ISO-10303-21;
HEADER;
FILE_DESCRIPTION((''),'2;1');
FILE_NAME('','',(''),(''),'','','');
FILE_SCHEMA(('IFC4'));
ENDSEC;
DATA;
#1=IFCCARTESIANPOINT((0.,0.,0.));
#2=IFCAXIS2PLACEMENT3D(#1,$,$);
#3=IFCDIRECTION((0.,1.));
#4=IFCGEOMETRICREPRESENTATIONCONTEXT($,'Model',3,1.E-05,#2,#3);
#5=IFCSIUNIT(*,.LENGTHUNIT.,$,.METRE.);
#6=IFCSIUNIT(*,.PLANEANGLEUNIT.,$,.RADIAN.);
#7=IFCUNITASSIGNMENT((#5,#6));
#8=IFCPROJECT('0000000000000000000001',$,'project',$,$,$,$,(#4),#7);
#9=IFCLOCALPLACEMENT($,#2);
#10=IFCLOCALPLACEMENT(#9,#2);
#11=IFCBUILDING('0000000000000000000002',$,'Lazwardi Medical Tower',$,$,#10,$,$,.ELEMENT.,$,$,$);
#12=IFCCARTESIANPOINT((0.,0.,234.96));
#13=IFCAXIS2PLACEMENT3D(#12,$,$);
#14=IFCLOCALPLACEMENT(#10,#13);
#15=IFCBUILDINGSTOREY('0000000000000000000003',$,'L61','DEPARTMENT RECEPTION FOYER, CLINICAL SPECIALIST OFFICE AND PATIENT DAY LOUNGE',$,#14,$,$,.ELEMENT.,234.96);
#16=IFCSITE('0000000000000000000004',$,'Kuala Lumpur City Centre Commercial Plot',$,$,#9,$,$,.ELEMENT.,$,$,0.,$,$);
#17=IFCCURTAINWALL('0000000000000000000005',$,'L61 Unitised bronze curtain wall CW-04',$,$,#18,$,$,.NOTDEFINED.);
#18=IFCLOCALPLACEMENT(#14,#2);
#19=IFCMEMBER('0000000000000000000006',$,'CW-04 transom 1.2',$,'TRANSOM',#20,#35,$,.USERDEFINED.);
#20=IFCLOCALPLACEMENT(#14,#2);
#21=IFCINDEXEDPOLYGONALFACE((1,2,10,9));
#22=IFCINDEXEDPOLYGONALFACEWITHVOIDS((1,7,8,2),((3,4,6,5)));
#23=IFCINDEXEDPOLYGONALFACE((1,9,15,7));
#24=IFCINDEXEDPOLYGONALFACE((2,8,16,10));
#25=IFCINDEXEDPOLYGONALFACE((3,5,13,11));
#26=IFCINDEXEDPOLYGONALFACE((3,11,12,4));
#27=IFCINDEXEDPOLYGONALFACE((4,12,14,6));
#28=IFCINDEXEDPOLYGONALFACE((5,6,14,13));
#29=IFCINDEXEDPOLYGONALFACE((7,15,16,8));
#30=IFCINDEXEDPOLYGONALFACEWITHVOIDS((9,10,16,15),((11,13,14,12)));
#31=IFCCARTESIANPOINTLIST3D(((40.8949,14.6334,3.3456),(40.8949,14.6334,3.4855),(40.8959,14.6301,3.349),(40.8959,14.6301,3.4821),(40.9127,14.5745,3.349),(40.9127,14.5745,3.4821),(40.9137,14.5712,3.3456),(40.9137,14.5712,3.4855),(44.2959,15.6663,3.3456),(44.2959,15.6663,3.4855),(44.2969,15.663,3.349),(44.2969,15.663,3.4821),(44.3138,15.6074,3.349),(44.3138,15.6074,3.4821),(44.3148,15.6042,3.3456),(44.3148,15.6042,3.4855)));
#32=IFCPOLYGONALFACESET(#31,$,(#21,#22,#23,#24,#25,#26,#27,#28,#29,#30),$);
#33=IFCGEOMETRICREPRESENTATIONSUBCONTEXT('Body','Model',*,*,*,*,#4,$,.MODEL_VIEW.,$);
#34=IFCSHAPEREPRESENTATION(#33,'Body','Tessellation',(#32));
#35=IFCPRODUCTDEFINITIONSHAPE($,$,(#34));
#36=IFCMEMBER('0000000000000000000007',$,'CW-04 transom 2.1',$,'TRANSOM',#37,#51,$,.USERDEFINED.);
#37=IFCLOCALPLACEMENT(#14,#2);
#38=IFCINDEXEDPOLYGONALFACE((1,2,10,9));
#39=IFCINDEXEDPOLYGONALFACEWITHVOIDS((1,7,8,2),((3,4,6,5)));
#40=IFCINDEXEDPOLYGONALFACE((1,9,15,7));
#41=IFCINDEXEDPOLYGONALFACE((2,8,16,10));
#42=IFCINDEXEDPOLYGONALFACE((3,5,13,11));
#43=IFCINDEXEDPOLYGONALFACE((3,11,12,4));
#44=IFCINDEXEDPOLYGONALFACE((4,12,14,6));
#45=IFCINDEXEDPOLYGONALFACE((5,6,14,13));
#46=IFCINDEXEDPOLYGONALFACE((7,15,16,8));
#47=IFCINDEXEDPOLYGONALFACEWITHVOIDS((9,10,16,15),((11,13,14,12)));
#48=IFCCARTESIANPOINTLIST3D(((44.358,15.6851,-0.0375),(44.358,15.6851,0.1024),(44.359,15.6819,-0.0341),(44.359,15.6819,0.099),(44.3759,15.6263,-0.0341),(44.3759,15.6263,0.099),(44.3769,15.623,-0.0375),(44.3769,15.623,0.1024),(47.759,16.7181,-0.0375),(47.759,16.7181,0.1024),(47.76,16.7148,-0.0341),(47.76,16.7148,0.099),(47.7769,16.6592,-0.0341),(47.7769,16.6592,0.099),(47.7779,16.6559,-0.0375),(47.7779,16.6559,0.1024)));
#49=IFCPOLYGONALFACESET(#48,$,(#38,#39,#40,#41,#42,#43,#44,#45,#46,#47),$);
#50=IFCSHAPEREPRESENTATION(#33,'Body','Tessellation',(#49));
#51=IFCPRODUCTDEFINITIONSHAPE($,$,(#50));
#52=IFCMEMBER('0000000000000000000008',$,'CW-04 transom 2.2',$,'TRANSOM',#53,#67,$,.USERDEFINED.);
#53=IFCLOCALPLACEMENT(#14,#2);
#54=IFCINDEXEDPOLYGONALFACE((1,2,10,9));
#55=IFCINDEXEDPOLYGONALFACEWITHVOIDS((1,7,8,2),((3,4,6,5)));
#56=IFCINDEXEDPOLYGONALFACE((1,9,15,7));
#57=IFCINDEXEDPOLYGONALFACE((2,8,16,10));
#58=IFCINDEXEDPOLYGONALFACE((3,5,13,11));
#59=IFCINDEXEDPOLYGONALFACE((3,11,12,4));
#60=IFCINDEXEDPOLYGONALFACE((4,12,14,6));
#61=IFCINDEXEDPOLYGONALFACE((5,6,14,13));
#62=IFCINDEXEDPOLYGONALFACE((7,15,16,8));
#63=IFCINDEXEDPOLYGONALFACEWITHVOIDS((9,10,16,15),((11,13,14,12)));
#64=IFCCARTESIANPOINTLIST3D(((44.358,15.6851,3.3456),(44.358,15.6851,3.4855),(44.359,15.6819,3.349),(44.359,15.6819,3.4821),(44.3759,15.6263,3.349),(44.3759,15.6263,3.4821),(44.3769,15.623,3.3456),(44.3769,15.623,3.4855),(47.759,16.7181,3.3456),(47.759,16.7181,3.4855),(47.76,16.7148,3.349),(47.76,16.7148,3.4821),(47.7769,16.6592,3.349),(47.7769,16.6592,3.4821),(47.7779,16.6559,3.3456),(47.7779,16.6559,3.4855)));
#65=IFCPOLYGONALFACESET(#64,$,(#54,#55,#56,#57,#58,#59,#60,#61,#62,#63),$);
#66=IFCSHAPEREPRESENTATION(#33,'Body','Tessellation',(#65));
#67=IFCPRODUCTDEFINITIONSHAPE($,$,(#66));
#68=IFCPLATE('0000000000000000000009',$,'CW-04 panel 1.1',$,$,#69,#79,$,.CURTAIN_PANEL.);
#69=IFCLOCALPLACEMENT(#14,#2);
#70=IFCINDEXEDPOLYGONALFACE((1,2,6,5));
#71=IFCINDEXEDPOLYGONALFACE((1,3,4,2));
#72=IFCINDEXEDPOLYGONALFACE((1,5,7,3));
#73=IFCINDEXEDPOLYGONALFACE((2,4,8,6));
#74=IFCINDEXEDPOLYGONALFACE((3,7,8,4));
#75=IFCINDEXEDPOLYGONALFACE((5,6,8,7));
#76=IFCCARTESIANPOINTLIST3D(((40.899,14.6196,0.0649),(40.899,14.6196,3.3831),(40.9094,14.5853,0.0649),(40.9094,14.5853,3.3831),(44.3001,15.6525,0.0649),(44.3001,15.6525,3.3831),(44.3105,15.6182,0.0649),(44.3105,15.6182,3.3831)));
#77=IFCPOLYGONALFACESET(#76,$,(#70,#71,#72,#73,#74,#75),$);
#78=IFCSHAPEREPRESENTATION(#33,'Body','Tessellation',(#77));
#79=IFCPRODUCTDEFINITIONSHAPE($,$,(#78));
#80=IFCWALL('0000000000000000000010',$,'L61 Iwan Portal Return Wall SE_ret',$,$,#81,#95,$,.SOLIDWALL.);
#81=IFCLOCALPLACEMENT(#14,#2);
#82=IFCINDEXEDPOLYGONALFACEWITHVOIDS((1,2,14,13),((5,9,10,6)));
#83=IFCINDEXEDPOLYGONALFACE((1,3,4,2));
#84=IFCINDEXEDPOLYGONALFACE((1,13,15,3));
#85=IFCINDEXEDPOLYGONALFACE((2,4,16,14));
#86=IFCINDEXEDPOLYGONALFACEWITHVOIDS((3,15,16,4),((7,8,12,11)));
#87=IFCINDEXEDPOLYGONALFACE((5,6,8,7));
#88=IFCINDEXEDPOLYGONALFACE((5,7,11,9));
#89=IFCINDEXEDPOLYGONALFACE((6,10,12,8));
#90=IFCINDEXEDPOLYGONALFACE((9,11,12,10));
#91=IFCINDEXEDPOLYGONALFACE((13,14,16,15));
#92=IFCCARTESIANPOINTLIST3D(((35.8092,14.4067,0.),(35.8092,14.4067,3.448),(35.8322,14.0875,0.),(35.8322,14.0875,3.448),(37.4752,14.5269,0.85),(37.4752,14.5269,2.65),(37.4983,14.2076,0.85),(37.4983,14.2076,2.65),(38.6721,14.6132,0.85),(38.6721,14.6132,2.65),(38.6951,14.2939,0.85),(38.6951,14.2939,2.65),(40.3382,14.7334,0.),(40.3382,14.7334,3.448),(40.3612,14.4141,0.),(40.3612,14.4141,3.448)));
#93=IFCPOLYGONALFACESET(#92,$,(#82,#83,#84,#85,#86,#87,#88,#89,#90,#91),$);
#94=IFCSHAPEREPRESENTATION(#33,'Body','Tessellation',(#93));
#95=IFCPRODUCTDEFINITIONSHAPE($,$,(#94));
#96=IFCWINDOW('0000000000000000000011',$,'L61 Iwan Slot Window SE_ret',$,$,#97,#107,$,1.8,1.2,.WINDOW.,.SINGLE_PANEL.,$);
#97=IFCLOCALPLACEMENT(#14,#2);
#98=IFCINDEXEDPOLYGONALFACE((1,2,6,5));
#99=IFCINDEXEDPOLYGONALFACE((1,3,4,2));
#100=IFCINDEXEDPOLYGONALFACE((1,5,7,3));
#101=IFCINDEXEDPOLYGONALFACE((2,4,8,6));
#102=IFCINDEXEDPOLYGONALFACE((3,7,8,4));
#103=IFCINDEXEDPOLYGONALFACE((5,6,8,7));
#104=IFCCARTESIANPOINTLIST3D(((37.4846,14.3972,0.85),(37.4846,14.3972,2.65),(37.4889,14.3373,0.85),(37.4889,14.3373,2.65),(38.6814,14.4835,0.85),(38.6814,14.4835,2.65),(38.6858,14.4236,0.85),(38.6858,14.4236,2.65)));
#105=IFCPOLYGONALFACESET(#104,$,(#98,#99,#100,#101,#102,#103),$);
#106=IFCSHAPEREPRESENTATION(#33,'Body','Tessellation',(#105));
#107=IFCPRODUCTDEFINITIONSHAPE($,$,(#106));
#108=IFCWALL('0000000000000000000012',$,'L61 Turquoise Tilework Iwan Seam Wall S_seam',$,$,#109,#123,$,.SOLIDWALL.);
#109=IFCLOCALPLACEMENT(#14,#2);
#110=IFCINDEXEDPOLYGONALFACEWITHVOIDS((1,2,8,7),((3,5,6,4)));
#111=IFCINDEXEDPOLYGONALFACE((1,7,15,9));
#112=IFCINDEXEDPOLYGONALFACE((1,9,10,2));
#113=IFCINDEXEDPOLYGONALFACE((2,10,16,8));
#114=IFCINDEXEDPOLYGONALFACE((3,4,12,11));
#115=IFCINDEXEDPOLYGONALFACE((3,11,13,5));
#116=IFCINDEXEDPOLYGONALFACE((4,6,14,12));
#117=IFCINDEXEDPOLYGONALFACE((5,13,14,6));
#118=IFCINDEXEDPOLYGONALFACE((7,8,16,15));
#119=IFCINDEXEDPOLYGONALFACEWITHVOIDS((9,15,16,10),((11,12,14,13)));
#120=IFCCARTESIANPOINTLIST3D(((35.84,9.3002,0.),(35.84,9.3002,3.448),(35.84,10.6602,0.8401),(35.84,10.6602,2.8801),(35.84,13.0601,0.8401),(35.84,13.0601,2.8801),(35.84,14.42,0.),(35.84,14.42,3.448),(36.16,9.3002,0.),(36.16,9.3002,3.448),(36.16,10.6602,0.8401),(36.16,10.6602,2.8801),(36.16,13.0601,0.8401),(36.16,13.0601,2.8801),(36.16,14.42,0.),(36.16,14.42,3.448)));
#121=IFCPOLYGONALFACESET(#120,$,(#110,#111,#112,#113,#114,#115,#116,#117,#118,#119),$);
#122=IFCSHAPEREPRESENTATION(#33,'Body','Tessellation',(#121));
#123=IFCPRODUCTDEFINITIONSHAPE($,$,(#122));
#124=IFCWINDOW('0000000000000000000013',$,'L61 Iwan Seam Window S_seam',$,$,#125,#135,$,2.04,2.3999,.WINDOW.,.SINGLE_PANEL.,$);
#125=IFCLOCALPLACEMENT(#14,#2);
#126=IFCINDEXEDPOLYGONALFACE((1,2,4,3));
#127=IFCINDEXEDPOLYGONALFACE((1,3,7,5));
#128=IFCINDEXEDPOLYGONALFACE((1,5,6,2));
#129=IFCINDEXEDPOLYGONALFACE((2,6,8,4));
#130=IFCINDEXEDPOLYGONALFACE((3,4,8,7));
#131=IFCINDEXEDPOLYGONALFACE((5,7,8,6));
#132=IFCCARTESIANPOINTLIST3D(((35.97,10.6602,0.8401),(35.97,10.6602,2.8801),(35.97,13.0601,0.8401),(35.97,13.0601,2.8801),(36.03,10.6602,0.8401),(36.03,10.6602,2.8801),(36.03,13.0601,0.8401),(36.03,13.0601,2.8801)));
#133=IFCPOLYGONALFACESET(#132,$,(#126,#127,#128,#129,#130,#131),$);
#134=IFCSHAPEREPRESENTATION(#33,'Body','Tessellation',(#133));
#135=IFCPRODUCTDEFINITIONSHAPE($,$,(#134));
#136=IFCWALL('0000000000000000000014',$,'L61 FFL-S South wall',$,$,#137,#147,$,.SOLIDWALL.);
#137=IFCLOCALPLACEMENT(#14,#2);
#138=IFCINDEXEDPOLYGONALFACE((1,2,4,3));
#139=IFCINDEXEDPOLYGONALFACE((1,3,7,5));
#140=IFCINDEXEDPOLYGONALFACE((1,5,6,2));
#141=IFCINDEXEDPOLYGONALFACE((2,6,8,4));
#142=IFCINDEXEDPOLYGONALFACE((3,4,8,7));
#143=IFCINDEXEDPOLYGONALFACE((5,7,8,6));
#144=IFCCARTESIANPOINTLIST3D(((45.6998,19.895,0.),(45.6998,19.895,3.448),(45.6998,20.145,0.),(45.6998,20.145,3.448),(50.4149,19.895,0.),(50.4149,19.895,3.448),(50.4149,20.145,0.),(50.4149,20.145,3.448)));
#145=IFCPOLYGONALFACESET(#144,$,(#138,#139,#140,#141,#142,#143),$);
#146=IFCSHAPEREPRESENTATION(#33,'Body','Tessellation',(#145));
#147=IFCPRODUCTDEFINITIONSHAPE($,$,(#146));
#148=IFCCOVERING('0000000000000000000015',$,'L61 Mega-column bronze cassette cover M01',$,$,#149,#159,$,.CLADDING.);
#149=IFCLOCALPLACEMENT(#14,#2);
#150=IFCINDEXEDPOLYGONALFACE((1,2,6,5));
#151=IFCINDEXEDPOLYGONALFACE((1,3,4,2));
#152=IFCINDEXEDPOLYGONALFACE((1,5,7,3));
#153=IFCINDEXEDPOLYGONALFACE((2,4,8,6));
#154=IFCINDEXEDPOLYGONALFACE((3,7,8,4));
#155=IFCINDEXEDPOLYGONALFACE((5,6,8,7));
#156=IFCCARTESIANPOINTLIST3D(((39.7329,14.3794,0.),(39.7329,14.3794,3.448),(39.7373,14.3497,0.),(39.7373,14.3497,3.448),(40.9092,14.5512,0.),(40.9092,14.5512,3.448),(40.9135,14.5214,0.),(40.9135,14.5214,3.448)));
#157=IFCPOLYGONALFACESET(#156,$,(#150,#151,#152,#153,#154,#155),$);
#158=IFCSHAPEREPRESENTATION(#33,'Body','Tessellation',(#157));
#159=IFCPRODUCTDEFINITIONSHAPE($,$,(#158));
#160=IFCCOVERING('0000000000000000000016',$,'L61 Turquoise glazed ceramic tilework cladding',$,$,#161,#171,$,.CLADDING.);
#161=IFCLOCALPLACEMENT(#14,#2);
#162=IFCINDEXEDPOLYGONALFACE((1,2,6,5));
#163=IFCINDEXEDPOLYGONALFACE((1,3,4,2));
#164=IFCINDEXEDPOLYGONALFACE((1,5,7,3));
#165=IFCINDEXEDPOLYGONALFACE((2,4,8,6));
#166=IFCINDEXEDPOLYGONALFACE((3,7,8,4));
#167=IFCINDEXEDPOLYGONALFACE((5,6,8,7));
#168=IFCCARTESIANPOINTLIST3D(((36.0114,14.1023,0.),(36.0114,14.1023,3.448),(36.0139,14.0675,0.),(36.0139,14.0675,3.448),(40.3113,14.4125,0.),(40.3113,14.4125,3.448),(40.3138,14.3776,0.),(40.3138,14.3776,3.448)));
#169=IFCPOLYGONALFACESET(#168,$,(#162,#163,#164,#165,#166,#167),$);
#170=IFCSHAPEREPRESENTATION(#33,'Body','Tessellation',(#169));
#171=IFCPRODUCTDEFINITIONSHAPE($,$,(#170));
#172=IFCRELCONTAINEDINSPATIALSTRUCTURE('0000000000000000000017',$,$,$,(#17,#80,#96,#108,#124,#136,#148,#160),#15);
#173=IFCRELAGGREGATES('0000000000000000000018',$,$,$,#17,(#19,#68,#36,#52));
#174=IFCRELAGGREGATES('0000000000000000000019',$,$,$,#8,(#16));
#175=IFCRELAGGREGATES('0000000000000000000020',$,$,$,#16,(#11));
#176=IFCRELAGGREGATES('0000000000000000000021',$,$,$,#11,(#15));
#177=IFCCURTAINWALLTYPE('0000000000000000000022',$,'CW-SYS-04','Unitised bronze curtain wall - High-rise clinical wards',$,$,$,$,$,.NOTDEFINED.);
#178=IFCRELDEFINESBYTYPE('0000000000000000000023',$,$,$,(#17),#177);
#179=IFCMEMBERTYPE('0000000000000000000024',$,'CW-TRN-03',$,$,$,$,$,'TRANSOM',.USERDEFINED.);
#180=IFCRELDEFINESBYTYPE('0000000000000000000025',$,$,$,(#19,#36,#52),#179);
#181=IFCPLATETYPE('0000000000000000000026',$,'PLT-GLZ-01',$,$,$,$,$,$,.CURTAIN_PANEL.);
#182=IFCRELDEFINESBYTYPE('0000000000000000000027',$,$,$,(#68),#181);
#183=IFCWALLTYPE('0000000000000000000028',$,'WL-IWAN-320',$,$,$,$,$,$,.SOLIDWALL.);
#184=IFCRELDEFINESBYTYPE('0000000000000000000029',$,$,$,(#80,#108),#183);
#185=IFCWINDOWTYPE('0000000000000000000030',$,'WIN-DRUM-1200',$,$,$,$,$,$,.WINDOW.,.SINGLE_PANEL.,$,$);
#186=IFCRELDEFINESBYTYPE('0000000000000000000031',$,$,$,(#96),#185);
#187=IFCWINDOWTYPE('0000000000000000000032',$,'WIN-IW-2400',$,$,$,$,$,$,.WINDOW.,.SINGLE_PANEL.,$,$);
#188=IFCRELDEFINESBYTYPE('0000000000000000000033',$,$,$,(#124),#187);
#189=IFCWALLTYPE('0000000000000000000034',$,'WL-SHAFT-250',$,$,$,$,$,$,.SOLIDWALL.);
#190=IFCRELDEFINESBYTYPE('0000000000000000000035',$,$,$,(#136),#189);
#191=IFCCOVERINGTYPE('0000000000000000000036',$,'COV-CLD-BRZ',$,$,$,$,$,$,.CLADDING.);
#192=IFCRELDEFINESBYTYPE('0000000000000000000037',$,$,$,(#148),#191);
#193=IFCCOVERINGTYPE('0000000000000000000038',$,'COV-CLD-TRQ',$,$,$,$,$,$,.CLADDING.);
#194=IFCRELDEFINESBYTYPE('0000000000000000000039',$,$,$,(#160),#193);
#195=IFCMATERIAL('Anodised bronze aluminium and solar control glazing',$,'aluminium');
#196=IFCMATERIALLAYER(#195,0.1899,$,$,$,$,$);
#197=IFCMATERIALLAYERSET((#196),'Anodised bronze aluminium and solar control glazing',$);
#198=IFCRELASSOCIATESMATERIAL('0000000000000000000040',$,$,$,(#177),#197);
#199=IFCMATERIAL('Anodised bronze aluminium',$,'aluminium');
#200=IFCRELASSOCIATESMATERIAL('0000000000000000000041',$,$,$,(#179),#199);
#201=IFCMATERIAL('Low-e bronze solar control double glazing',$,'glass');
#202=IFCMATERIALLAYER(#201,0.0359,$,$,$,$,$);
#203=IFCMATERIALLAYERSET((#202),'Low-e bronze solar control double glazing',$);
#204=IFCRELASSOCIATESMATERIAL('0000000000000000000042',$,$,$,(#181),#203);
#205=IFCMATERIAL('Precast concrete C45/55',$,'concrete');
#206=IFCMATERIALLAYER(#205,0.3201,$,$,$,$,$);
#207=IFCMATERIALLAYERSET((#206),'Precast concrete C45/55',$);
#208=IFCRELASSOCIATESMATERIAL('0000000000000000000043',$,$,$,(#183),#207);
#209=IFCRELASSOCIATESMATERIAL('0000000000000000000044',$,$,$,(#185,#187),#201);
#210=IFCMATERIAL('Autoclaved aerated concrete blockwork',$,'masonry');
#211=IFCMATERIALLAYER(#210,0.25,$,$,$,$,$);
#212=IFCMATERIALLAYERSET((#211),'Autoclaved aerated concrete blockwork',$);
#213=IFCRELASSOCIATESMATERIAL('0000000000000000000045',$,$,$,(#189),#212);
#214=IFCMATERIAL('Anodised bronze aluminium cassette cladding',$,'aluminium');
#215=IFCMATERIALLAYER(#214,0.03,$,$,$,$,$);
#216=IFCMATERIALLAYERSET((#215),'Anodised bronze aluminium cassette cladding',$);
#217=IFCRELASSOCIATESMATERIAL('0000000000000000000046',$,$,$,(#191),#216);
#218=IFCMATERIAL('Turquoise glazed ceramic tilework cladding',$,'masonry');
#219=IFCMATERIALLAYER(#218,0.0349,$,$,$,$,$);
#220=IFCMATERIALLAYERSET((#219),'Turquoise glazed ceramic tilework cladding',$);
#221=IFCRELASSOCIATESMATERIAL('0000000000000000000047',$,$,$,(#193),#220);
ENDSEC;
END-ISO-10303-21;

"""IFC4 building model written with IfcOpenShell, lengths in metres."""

from ifc_helpers import new_model, si_unit, direction, frame, frame_2d, origin, origin_2d, place, context, subcontext, project, spatial, rectangle, hollow_rectangle, extrude, material, layer, layer_set, material_profile, profile_set, type_object, element, fill, aggregate, save


model = new_model("IFC4")

# Units and contexts
model_context = context("Model", 3, precision=1e-05, world=origin(), true_north=direction((0.0, 1.0)))
body_context = subcontext(model_context, "Body", "Model", "MODEL_VIEW")
ifc_project = project(units=[si_unit("LENGTHUNIT", "METRE"), si_unit("PLANEANGLEUNIT", "RADIAN")], contexts=[model_context])

# Site, building, storey
site_placement = place(None, origin())
site = spatial("IfcSite", under=ifc_project, at=site_placement, Name="Kuala Lumpur City Centre Commercial Plot", CompositionType="ELEMENT", RefElevation=0.0)
building_placement = place(site_placement, origin())
building = spatial("IfcBuilding", under=site, at=building_placement, Name="Lazwardi Medical Tower", CompositionType="ELEMENT")
storey_placement = place(building_placement, frame((0.0, 0.0, 234.96)))
storey = spatial("IfcBuildingStorey", under=building, at=storey_placement, Name="L61", Description="DEPARTMENT RECEPTION FOYER, CLINICAL SPECIALIST OFFICE AND PATIENT DAY LOUNGE", CompositionType="ELEMENT", Elevation=234.96)

# Curtain wall, members, plate
ifc_material_1 = material(Name="Anodised bronze aluminium and solar control glazing", Category="aluminium")
ifc_layer_1 = layer(ifc_material_1, 0.1899)
ifc_layer_set_1 = layer_set([ifc_layer_1], Name="Anodised bronze aluminium and solar control glazing")
curtain_wall_type = type_object("IfcCurtainWallType", Name="CW-SYS-04", Description="Unitised bronze curtain wall - High-rise clinical wards", PredefinedType="NOTDEFINED", material=ifc_layer_set_1)
curtain_wall_placement = place(storey_placement, origin())
curtain_wall = element("IfcCurtainWall", 1, at=curtain_wall_placement, inside=storey, type_object=curtain_wall_type, Name="L61 Unitised bronze curtain wall CW-04", PredefinedType="NOTDEFINED")
ifc_material_2 = material(Name="Anodised bronze aluminium", Category="aluminium")
ifc_material_profile_1 = material_profile(ifc_material_2, hollow_rectangle(XDim=0.0649, YDim=0.1399, WallThickness=0.0034, at=origin_2d()), Name="ALU-TRANSOM 140x65x3.5")
ifc_profile_set_1 = profile_set([ifc_material_profile_1], Name="Anodised bronze aluminium")
member_type_1 = type_object("IfcMemberType", Name="CW-TRN-03", ElementType="TRANSOM", PredefinedType="USERDEFINED", material=ifc_profile_set_1)
member_1_placement = place(storey_placement, frame((40.9043, 14.6023, 3.4155), z_axis=(0.956843, 0.290604, 0.0), x_axis=(-0.290604, 0.956843, 0.0)))
member_1 = element("IfcMember", 2, at=member_1_placement, type_object=member_type_1, Name="CW-04 transom 1.2", ObjectType="TRANSOM", PredefinedType="USERDEFINED", context=body_context, shape_type="SweptSolid", body=[
    extrude(hollow_rectangle(XDim=0.0649, YDim=0.1399, WallThickness=0.0034, at=origin_2d()), origin(), (0.0, 0.0, 1.0), 3.5544),
])
member_2_placement = place(storey_placement, frame((44.3674, 15.6541, 0.0325), z_axis=(0.956843, 0.290604, 0.0), x_axis=(-0.290604, 0.956843, 0.0)))
member_2 = element("IfcMember", 3, at=member_2_placement, type_object=member_type_1, Name="CW-04 transom 2.1", ObjectType="TRANSOM", PredefinedType="USERDEFINED", context=body_context, shape_type="SweptSolid", body=[
    extrude(hollow_rectangle(XDim=0.0649, YDim=0.1399, WallThickness=0.0034, at=origin_2d()), origin(), (0.0, 0.0, 1.0), 3.5544),
])
member_3_placement = place(storey_placement, frame((44.3674, 15.6541, 3.4155), z_axis=(0.956843, 0.290604, 0.0), x_axis=(-0.290604, 0.956843, 0.0)))
member_3 = element("IfcMember", 4, at=member_3_placement, type_object=member_type_1, Name="CW-04 transom 2.2", ObjectType="TRANSOM", PredefinedType="USERDEFINED", context=body_context, shape_type="SweptSolid", body=[
    extrude(hollow_rectangle(XDim=0.0649, YDim=0.1399, WallThickness=0.0034, at=origin_2d()), origin(), (0.0, 0.0, 1.0), 3.5544),
])
ifc_material_3 = material(Name="Low-e bronze solar control double glazing", Category="glass")
ifc_layer_2 = layer(ifc_material_3, 0.0359)
ifc_layer_set_2 = layer_set([ifc_layer_2], Name="Low-e bronze solar control double glazing")
plate_type = type_object("IfcPlateType", Name="PLT-GLZ-01", PredefinedType="CURTAIN_PANEL", material=ifc_layer_set_2)
plate_placement = place(storey_placement, frame((42.6047, 15.1189, 0.0649), z_axis=(0.0, 0.0, 1.0), x_axis=(0.95685, 0.290582, 0.0)))
plate = element("IfcPlate", 5, at=plate_placement, type_object=plate_type, Name="CW-04 panel 1.1", PredefinedType="CURTAIN_PANEL", context=body_context, shape_type="SweptSolid", body=[
    extrude(rectangle(XDim=3.5544, YDim=0.0359, at=origin_2d()), origin(), (0.0, 0.0, 1.0), 3.3181),
])
aggregate(curtain_wall, [member_1, plate, member_2, member_3])

# Walls, openings, windows
ifc_material_4 = material(Name="Precast concrete C45/55", Category="concrete")
ifc_layer_3 = layer(ifc_material_4, 0.3201)
ifc_layer_set_3 = layer_set([ifc_layer_3], Name="Precast concrete C45/55")
wall_type_1 = type_object("IfcWallType", Name="WL-IWAN-320", PredefinedType="SOLIDWALL", material=ifc_layer_set_3)
wall_1_placement = place(storey_placement, frame((35.8206, 14.2471, 0.0), z_axis=(0.0, 0.0, 1.0), x_axis=(0.997409, 0.071939, 0.0)))
wall_1 = element("IfcWall", 6, at=wall_1_placement, inside=storey, type_object=wall_type_1, Name="L61 Iwan Portal Return Wall SE_ret", PredefinedType="SOLIDWALL", context=body_context, shape_type="SweptSolid", body=[
    extrude(rectangle(XDim=4.5408, YDim=0.3201, at=frame_2d((2.2705, 0.0))), origin(), (0.0, 0.0, 1.0), 3.448),
])
opening_1_placement = place(wall_1_placement, frame((1.6704, 0.0, 0.8501)))
opening_1 = element("IfcOpeningElement", 7, at=opening_1_placement, cuts=wall_1, PredefinedType="OPENING", context=body_context, shape_type="SweptSolid", body=[
    extrude(rectangle(XDim=1.2, YDim=1.8, at=frame_2d((0.6001, 0.8999))), frame((0.0, 0.1699, 0.0), z_axis=(0.0, -1.0, 0.0), x_axis=(1.0, 0.0, 0.0)), (0.0, 0.0, 1.0), 0.3401),
])
window_type_1 = type_object("IfcWindowType", Name="WIN-DRUM-1200", PartitioningType="SINGLE_PANEL", PredefinedType="WINDOW", material=ifc_material_3)
window_1_placement = place(opening_1_placement, origin())
window_1 = element("IfcWindow", 8, at=window_1_placement, inside=storey, type_object=window_type_1, Name="L61 Iwan Slot Window SE_ret", OverallHeight=1.8, OverallWidth=1.2, PartitioningType="SINGLE_PANEL", PredefinedType="WINDOW", context=body_context, shape_type="SweptSolid", body=[
    extrude(rectangle(XDim=1.2, YDim=1.8, at=frame_2d((0.6001, 0.8999))), frame((0.0, 0.03, 0.0), z_axis=(0.0, -1.0, 0.0), x_axis=(1.0, 0.0, 0.0)), (0.0, 0.0, 1.0), 0.0601),
])
fill(opening_1, window_1)
wall_2_placement = place(storey_placement, frame((36.0, 9.3, 0.0), z_axis=(0.0, 0.0, 1.0), x_axis=(0.0, 1.0, 0.0)))
wall_2 = element("IfcWall", 9, at=wall_2_placement, inside=storey, type_object=wall_type_1, Name="L61 Turquoise Tilework Iwan Seam Wall S_seam", PredefinedType="SOLIDWALL", context=body_context, shape_type="SweptSolid", body=[
    extrude(rectangle(XDim=5.1199, YDim=0.3201, at=frame_2d((2.5601, 0.0))), origin(), (0.0, 0.0, 1.0), 3.448),
])
opening_2_placement = place(wall_2_placement, frame((1.3601, 0.0, 0.8401)))
opening_2 = element("IfcOpeningElement", 10, at=opening_2_placement, cuts=wall_2, PredefinedType="OPENING", context=body_context, shape_type="SweptSolid", body=[
    extrude(rectangle(XDim=2.3999, YDim=2.04, at=frame_2d((1.2, 1.02))), frame((0.0, 0.1699, 0.0), z_axis=(0.0, -1.0, 0.0), x_axis=(1.0, 0.0, 0.0)), (0.0, 0.0, 1.0), 0.3401),
])
window_type_2 = type_object("IfcWindowType", Name="WIN-IW-2400", PartitioningType="SINGLE_PANEL", PredefinedType="WINDOW", material=ifc_material_3)
window_2_placement = place(opening_2_placement, origin())
window_2 = element("IfcWindow", 11, at=window_2_placement, inside=storey, type_object=window_type_2, Name="L61 Iwan Seam Window S_seam", OverallHeight=2.04, OverallWidth=2.3999, PartitioningType="SINGLE_PANEL", PredefinedType="WINDOW", context=body_context, shape_type="SweptSolid", body=[
    extrude(rectangle(XDim=2.3999, YDim=2.04, at=frame_2d((1.2, 1.02))), frame((0.0, 0.03, 0.0), z_axis=(0.0, -1.0, 0.0), x_axis=(1.0, 0.0, 0.0)), (0.0, 0.0, 1.0), 0.0601),
])
fill(opening_2, window_2)

# Wall
ifc_material_5 = material(Name="Autoclaved aerated concrete blockwork", Category="masonry")
ifc_layer_4 = layer(ifc_material_5, 0.25)
ifc_layer_set_4 = layer_set([ifc_layer_4], Name="Autoclaved aerated concrete blockwork")
wall_type_2 = type_object("IfcWallType", Name="WL-SHAFT-250", PredefinedType="SOLIDWALL", material=ifc_layer_set_4)
wall_3_placement = place(storey_placement, frame((45.7, 20.02, 0.0), z_axis=(0.0, 0.0, 1.0), x_axis=(1.0, 0.0, 0.0)))
element("IfcWall", 12, at=wall_3_placement, inside=storey, type_object=wall_type_2, Name="L61 FFL-S South wall", PredefinedType="SOLIDWALL", context=body_context, shape_type="SweptSolid", body=[
    extrude(rectangle(XDim=4.7151, YDim=0.25, at=frame_2d((2.3574, 0.0))), origin(), (0.0, 0.0, 1.0), 3.448),
])

# Coverings
ifc_material_6 = material(Name="Anodised bronze aluminium cassette cladding", Category="aluminium")
ifc_layer_5 = layer(ifc_material_6, 0.03)
ifc_layer_set_5 = layer_set([ifc_layer_5], Name="Anodised bronze aluminium cassette cladding")
covering_type_1 = type_object("IfcCoveringType", Name="COV-CLD-BRZ", PredefinedType="CLADDING", material=ifc_layer_set_5)
covering_1_placement = place(storey_placement, frame((40.3232, 14.4504, 0.0), z_axis=(0.0, 0.0, 1.0), x_axis=(0.989512, 0.144448, 0.0)))
element("IfcCovering", 13, at=covering_1_placement, inside=storey, type_object=covering_type_1, Name="L61 Mega-column bronze cassette cover M01", PredefinedType="CLADDING", context=body_context, shape_type="SweptSolid", body=[
    extrude(rectangle(XDim=1.1887, YDim=0.03, at=origin_2d()), origin(), (0.0, 0.0, 1.0), 3.448),
])
ifc_material_7 = material(Name="Turquoise glazed ceramic tilework cladding", Category="masonry")
ifc_layer_6 = layer(ifc_material_7, 0.0349)
ifc_layer_set_6 = layer_set([ifc_layer_6], Name="Turquoise glazed ceramic tilework cladding")
covering_type_2 = type_object("IfcCoveringType", Name="COV-CLD-TRQ", PredefinedType="CLADDING", material=ifc_layer_set_6)
covering_2_placement = place(storey_placement, frame((38.1626, 14.24, 0.0), z_axis=(0.0, 0.0, 1.0), x_axis=(0.997409, 0.071933, 0.0)))
element("IfcCovering", 14, at=covering_2_placement, inside=storey, type_object=covering_type_2, Name="L61 Turquoise glazed ceramic tilework cladding", PredefinedType="CLADDING", context=body_context, shape_type="SweptSolid", body=[
    extrude(rectangle(XDim=4.311, YDim=0.0349, at=origin_2d()), origin(), (0.0, 0.0, 1.0), 3.448),
])

save(model, "model.ifc")
